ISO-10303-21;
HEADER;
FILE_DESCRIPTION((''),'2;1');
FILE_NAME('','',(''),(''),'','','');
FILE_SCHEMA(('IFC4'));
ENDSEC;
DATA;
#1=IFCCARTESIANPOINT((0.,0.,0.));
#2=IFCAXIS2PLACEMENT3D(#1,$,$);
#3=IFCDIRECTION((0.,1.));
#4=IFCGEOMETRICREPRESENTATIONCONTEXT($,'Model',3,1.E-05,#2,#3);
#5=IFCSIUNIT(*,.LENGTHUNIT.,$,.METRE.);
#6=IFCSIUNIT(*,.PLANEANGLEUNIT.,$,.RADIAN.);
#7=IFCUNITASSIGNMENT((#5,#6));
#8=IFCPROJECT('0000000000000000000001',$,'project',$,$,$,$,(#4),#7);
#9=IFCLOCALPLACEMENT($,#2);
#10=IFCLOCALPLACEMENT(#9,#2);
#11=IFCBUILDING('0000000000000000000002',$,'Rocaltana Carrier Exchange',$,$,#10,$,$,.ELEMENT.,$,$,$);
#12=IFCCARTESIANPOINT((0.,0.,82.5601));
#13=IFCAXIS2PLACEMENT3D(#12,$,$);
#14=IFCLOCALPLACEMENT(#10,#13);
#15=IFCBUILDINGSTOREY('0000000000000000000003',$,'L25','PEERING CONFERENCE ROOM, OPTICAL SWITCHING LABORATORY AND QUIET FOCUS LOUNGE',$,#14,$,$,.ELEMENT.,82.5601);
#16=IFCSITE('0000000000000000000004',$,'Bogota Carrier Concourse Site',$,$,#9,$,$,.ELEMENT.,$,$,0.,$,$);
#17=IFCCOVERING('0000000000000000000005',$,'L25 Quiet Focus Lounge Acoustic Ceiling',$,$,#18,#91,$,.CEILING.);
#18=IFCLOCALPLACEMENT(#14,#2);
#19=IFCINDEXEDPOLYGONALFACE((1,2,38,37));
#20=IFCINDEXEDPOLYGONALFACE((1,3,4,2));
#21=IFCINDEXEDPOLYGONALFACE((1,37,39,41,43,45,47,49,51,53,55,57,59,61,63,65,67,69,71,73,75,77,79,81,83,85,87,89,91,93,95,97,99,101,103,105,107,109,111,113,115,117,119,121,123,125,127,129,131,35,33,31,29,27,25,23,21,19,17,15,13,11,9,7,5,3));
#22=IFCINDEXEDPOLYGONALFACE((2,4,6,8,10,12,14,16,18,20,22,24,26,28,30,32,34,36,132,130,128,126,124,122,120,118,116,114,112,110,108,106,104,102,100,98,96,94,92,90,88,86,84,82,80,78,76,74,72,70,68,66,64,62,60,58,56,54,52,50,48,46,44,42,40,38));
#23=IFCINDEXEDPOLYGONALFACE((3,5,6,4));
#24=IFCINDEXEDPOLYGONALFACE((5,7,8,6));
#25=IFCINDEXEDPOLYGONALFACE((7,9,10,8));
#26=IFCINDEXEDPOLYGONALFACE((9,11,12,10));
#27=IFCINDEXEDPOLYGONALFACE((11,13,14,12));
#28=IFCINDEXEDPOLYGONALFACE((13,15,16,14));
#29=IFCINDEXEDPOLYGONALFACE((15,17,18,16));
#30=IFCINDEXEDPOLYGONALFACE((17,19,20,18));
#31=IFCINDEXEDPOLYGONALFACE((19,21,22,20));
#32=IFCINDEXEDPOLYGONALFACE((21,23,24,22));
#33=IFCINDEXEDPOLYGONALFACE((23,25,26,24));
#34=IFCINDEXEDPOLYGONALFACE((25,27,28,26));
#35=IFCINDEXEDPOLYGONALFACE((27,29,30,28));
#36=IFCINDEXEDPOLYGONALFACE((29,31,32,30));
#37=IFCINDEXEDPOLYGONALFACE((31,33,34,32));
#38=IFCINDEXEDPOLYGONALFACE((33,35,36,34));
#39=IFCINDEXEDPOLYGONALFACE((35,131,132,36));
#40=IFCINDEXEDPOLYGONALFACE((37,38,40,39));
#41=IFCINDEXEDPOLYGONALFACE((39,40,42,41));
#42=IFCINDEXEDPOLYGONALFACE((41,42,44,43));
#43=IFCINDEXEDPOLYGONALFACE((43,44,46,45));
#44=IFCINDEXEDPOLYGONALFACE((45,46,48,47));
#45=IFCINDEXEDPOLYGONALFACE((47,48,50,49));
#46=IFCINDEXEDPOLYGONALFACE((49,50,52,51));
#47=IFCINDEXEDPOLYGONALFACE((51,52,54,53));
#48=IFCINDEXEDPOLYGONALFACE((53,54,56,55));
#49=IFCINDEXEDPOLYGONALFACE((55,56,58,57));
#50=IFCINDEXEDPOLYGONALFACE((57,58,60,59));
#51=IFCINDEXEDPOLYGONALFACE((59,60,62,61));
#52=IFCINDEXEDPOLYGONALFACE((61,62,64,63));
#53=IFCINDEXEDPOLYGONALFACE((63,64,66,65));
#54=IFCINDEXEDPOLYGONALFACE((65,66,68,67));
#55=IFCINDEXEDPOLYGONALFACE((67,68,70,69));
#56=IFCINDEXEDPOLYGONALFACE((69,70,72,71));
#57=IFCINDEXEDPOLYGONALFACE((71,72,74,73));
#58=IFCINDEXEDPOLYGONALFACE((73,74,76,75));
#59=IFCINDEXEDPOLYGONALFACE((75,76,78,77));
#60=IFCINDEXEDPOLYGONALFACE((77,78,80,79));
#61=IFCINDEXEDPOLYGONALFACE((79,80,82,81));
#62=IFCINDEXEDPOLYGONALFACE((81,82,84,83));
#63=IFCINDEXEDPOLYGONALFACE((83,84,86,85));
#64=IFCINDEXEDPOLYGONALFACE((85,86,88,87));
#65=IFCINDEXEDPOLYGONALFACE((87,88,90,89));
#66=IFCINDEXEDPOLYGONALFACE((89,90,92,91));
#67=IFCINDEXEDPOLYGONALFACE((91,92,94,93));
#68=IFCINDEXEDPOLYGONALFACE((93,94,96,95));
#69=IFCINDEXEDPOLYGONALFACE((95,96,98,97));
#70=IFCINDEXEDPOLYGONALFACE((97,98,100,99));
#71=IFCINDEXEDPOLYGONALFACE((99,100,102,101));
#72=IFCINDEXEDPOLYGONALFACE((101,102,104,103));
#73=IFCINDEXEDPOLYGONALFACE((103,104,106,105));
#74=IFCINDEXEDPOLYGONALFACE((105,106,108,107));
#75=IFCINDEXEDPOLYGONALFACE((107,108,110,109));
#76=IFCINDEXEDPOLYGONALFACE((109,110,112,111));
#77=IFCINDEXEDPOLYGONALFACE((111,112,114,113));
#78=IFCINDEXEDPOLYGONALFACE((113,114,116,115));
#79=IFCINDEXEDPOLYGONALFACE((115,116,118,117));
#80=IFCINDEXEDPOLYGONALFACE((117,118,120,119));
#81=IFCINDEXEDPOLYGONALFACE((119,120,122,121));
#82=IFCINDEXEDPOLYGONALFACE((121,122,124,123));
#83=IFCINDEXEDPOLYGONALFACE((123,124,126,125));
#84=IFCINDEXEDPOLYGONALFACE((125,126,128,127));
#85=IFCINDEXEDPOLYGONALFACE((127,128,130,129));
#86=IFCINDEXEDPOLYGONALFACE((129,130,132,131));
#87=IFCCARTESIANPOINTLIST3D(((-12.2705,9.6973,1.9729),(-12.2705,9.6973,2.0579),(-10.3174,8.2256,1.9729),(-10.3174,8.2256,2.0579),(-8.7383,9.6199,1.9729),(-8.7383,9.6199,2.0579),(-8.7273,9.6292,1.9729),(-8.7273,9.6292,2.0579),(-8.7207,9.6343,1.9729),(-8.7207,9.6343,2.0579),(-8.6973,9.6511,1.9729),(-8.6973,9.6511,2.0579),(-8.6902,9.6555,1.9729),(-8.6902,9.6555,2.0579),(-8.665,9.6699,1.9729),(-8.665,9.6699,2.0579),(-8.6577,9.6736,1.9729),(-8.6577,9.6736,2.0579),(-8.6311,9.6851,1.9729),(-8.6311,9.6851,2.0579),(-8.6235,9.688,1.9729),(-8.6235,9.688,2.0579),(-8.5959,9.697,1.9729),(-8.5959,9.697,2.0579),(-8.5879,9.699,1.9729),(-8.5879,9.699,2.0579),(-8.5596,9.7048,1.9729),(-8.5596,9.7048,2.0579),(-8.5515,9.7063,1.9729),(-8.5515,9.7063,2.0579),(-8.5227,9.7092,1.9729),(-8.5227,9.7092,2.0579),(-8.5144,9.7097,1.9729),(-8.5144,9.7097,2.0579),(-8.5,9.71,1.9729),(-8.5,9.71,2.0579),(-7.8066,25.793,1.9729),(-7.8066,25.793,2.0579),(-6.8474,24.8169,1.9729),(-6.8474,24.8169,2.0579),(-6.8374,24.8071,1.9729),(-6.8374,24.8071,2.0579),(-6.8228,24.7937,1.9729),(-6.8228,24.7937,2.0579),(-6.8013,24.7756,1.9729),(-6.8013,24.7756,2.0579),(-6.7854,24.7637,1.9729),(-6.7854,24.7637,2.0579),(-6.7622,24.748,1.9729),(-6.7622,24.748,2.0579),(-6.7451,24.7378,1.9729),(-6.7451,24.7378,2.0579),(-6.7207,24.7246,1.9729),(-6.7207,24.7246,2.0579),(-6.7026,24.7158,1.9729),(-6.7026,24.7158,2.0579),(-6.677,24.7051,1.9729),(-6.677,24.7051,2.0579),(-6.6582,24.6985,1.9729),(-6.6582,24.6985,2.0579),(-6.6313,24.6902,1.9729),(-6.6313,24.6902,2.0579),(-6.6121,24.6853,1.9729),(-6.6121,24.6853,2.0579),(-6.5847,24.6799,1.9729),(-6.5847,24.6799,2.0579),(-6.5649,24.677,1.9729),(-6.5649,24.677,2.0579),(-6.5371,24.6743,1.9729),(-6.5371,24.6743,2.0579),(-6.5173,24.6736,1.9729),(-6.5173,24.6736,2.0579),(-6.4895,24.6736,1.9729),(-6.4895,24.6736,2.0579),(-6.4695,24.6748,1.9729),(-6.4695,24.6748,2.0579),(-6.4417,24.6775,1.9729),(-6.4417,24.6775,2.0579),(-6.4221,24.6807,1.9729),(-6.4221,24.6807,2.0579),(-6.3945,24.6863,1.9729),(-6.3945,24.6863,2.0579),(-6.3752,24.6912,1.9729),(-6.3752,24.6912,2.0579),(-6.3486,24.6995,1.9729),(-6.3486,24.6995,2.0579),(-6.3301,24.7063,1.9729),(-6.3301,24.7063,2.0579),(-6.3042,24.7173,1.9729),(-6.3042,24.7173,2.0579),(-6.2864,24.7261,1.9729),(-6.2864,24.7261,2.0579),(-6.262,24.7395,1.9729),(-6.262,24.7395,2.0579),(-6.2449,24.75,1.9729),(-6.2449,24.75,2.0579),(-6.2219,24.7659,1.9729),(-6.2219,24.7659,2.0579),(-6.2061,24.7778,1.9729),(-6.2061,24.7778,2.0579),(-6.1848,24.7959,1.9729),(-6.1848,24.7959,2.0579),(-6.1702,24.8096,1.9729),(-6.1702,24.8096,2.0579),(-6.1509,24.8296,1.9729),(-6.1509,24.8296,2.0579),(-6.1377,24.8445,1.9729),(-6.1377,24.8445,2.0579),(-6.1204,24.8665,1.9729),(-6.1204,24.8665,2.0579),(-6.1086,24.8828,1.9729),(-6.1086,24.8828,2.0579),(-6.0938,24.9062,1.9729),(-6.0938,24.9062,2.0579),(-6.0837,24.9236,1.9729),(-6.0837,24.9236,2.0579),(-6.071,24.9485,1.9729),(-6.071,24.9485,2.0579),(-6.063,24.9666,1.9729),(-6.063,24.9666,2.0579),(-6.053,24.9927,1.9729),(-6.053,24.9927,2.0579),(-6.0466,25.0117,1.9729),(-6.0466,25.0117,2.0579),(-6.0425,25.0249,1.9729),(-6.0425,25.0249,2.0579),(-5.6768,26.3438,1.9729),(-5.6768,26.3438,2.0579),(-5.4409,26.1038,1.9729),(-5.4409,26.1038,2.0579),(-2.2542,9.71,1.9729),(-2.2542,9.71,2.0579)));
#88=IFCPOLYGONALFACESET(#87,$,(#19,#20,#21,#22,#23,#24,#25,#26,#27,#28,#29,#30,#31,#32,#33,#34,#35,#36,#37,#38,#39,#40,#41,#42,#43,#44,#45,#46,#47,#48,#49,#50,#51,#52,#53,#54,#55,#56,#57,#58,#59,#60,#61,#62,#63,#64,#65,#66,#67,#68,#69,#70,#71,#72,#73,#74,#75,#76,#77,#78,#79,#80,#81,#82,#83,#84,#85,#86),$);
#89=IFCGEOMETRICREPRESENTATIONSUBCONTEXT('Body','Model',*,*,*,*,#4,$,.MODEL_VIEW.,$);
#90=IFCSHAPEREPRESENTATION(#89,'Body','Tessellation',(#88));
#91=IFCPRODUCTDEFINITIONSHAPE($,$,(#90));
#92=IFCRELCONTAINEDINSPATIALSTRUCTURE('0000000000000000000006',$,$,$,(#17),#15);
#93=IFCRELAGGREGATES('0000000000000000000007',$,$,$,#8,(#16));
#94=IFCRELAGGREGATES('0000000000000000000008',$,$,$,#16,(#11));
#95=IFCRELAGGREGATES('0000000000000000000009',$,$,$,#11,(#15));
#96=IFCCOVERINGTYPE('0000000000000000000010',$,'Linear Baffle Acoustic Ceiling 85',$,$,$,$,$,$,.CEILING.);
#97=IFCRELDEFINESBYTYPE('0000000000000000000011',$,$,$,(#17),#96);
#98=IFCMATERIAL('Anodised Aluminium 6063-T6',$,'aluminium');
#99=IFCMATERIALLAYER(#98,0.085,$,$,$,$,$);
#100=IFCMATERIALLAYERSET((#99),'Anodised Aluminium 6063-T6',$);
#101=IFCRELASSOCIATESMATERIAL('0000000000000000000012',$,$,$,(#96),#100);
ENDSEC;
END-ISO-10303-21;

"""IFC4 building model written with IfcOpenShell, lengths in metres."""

from ifc_helpers import new_model, si_unit, direction, frame, origin, place, context, subcontext, project, spatial, polyline, outline, extrude, material, layer, layer_set, type_object, element, save


model = new_model("IFC4")

# Units and contexts
model_context = context("Model", 3, precision=1e-05, world=origin(), true_north=direction((0.0, 1.0)))
body_context = subcontext(model_context, "Body", "Model", "MODEL_VIEW")
ifc_project = project(units=[si_unit("LENGTHUNIT", "METRE"), si_unit("PLANEANGLEUNIT", "RADIAN")], contexts=[model_context])

# Site, building, storey
site_placement = place(None, origin())
site = spatial("IfcSite", under=ifc_project, at=site_placement, Name="Bogota Carrier Concourse Site", CompositionType="ELEMENT", RefElevation=0.0)
building_placement = place(site_placement, origin())
building = spatial("IfcBuilding", under=site, at=building_placement, Name="Rocaltana Carrier Exchange", CompositionType="ELEMENT")
storey_placement = place(building_placement, frame((0.0, 0.0, 82.5601)))
storey = spatial("IfcBuildingStorey", under=building, at=storey_placement, Name="L25", Description="PEERING CONFERENCE ROOM, OPTICAL SWITCHING LABORATORY AND QUIET FOCUS LOUNGE", CompositionType="ELEMENT", Elevation=82.5601)

# Covering
ifc_material_1 = material(Name="Anodised Aluminium 6063-T6", Category="aluminium")
ifc_layer_1 = layer(ifc_material_1, 0.085)
ifc_layer_set_1 = layer_set([ifc_layer_1], Name="Anodised Aluminium 6063-T6")
covering_type_1 = type_object("IfcCoveringType", Name="Linear Baffle Acoustic Ceiling 85", PredefinedType="CEILING", material=ifc_layer_set_1)
covering_1_placement = place(storey_placement, frame((0.0, 0.0, 1.9729)))
element("IfcCovering", 1, at=covering_1_placement, inside=storey, type_object=covering_type_1, Name="L25 Quiet Focus Lounge Acoustic Ceiling", PredefinedType="CEILING", context=body_context, shape_type="SweptSolid", body=[
    extrude(outline(polyline([(-7.8066, 25.793), (-6.8474, 24.8169), (-6.8374, 24.8071), (-6.8228, 24.7937), (-6.8013, 24.7756), (-6.7854, 24.7637), (-6.7622, 24.748), (-6.7451, 24.7378), (-6.7207, 24.7246), (-6.7026, 24.7158), (-6.677, 24.7051), (-6.6582, 24.6985), (-6.6313, 24.6902), (-6.6121, 24.6853), (-6.5847, 24.6799), (-6.5649, 24.677), (-6.5371, 24.6743), (-6.5173, 24.6736), (-6.4895, 24.6736), (-6.4695, 24.6748), (-6.4417, 24.6775), (-6.4221, 24.6807), (-6.3945, 24.6863), (-6.3752, 24.6912), (-6.3486, 24.6995), (-6.3301, 24.7063), (-6.3042, 24.7173), (-6.2864, 24.7261), (-6.262, 24.7395), (-6.2449, 24.75), (-6.2219, 24.7659), (-6.2061, 24.7778), (-6.1848, 24.7959), (-6.1702, 24.8096), (-6.1509, 24.8296), (-6.1377, 24.8445), (-6.1204, 24.8665), (-6.1086, 24.8828), (-6.0938, 24.9062), (-6.0837, 24.9236), (-6.071, 24.9485), (-6.063, 24.9666), (-6.053, 24.9927), (-6.0466, 25.0117), (-6.0425, 25.0249), (-5.6768, 26.3438), (-5.4409, 26.1038), (-2.2542, 9.71), (-8.5, 9.71), (-8.5144, 9.7097), (-8.5227, 9.7092), (-8.5515, 9.7063), (-8.5596, 9.7048), (-8.5879, 9.699), (-8.5959, 9.697), (-8.6235, 9.688), (-8.6311, 9.6851), (-8.6577, 9.6736), (-8.665, 9.6699), (-8.6902, 9.6555), (-8.6973, 9.6511), (-8.7207, 9.6343), (-8.7273, 9.6292), (-8.7383, 9.6199), (-10.3174, 8.2256), (-12.2705, 9.6973), (-7.8066, 25.793)])), origin(), (0.0, 0.0, 1.0), 0.085),
])

save(model, "model.ifc")
